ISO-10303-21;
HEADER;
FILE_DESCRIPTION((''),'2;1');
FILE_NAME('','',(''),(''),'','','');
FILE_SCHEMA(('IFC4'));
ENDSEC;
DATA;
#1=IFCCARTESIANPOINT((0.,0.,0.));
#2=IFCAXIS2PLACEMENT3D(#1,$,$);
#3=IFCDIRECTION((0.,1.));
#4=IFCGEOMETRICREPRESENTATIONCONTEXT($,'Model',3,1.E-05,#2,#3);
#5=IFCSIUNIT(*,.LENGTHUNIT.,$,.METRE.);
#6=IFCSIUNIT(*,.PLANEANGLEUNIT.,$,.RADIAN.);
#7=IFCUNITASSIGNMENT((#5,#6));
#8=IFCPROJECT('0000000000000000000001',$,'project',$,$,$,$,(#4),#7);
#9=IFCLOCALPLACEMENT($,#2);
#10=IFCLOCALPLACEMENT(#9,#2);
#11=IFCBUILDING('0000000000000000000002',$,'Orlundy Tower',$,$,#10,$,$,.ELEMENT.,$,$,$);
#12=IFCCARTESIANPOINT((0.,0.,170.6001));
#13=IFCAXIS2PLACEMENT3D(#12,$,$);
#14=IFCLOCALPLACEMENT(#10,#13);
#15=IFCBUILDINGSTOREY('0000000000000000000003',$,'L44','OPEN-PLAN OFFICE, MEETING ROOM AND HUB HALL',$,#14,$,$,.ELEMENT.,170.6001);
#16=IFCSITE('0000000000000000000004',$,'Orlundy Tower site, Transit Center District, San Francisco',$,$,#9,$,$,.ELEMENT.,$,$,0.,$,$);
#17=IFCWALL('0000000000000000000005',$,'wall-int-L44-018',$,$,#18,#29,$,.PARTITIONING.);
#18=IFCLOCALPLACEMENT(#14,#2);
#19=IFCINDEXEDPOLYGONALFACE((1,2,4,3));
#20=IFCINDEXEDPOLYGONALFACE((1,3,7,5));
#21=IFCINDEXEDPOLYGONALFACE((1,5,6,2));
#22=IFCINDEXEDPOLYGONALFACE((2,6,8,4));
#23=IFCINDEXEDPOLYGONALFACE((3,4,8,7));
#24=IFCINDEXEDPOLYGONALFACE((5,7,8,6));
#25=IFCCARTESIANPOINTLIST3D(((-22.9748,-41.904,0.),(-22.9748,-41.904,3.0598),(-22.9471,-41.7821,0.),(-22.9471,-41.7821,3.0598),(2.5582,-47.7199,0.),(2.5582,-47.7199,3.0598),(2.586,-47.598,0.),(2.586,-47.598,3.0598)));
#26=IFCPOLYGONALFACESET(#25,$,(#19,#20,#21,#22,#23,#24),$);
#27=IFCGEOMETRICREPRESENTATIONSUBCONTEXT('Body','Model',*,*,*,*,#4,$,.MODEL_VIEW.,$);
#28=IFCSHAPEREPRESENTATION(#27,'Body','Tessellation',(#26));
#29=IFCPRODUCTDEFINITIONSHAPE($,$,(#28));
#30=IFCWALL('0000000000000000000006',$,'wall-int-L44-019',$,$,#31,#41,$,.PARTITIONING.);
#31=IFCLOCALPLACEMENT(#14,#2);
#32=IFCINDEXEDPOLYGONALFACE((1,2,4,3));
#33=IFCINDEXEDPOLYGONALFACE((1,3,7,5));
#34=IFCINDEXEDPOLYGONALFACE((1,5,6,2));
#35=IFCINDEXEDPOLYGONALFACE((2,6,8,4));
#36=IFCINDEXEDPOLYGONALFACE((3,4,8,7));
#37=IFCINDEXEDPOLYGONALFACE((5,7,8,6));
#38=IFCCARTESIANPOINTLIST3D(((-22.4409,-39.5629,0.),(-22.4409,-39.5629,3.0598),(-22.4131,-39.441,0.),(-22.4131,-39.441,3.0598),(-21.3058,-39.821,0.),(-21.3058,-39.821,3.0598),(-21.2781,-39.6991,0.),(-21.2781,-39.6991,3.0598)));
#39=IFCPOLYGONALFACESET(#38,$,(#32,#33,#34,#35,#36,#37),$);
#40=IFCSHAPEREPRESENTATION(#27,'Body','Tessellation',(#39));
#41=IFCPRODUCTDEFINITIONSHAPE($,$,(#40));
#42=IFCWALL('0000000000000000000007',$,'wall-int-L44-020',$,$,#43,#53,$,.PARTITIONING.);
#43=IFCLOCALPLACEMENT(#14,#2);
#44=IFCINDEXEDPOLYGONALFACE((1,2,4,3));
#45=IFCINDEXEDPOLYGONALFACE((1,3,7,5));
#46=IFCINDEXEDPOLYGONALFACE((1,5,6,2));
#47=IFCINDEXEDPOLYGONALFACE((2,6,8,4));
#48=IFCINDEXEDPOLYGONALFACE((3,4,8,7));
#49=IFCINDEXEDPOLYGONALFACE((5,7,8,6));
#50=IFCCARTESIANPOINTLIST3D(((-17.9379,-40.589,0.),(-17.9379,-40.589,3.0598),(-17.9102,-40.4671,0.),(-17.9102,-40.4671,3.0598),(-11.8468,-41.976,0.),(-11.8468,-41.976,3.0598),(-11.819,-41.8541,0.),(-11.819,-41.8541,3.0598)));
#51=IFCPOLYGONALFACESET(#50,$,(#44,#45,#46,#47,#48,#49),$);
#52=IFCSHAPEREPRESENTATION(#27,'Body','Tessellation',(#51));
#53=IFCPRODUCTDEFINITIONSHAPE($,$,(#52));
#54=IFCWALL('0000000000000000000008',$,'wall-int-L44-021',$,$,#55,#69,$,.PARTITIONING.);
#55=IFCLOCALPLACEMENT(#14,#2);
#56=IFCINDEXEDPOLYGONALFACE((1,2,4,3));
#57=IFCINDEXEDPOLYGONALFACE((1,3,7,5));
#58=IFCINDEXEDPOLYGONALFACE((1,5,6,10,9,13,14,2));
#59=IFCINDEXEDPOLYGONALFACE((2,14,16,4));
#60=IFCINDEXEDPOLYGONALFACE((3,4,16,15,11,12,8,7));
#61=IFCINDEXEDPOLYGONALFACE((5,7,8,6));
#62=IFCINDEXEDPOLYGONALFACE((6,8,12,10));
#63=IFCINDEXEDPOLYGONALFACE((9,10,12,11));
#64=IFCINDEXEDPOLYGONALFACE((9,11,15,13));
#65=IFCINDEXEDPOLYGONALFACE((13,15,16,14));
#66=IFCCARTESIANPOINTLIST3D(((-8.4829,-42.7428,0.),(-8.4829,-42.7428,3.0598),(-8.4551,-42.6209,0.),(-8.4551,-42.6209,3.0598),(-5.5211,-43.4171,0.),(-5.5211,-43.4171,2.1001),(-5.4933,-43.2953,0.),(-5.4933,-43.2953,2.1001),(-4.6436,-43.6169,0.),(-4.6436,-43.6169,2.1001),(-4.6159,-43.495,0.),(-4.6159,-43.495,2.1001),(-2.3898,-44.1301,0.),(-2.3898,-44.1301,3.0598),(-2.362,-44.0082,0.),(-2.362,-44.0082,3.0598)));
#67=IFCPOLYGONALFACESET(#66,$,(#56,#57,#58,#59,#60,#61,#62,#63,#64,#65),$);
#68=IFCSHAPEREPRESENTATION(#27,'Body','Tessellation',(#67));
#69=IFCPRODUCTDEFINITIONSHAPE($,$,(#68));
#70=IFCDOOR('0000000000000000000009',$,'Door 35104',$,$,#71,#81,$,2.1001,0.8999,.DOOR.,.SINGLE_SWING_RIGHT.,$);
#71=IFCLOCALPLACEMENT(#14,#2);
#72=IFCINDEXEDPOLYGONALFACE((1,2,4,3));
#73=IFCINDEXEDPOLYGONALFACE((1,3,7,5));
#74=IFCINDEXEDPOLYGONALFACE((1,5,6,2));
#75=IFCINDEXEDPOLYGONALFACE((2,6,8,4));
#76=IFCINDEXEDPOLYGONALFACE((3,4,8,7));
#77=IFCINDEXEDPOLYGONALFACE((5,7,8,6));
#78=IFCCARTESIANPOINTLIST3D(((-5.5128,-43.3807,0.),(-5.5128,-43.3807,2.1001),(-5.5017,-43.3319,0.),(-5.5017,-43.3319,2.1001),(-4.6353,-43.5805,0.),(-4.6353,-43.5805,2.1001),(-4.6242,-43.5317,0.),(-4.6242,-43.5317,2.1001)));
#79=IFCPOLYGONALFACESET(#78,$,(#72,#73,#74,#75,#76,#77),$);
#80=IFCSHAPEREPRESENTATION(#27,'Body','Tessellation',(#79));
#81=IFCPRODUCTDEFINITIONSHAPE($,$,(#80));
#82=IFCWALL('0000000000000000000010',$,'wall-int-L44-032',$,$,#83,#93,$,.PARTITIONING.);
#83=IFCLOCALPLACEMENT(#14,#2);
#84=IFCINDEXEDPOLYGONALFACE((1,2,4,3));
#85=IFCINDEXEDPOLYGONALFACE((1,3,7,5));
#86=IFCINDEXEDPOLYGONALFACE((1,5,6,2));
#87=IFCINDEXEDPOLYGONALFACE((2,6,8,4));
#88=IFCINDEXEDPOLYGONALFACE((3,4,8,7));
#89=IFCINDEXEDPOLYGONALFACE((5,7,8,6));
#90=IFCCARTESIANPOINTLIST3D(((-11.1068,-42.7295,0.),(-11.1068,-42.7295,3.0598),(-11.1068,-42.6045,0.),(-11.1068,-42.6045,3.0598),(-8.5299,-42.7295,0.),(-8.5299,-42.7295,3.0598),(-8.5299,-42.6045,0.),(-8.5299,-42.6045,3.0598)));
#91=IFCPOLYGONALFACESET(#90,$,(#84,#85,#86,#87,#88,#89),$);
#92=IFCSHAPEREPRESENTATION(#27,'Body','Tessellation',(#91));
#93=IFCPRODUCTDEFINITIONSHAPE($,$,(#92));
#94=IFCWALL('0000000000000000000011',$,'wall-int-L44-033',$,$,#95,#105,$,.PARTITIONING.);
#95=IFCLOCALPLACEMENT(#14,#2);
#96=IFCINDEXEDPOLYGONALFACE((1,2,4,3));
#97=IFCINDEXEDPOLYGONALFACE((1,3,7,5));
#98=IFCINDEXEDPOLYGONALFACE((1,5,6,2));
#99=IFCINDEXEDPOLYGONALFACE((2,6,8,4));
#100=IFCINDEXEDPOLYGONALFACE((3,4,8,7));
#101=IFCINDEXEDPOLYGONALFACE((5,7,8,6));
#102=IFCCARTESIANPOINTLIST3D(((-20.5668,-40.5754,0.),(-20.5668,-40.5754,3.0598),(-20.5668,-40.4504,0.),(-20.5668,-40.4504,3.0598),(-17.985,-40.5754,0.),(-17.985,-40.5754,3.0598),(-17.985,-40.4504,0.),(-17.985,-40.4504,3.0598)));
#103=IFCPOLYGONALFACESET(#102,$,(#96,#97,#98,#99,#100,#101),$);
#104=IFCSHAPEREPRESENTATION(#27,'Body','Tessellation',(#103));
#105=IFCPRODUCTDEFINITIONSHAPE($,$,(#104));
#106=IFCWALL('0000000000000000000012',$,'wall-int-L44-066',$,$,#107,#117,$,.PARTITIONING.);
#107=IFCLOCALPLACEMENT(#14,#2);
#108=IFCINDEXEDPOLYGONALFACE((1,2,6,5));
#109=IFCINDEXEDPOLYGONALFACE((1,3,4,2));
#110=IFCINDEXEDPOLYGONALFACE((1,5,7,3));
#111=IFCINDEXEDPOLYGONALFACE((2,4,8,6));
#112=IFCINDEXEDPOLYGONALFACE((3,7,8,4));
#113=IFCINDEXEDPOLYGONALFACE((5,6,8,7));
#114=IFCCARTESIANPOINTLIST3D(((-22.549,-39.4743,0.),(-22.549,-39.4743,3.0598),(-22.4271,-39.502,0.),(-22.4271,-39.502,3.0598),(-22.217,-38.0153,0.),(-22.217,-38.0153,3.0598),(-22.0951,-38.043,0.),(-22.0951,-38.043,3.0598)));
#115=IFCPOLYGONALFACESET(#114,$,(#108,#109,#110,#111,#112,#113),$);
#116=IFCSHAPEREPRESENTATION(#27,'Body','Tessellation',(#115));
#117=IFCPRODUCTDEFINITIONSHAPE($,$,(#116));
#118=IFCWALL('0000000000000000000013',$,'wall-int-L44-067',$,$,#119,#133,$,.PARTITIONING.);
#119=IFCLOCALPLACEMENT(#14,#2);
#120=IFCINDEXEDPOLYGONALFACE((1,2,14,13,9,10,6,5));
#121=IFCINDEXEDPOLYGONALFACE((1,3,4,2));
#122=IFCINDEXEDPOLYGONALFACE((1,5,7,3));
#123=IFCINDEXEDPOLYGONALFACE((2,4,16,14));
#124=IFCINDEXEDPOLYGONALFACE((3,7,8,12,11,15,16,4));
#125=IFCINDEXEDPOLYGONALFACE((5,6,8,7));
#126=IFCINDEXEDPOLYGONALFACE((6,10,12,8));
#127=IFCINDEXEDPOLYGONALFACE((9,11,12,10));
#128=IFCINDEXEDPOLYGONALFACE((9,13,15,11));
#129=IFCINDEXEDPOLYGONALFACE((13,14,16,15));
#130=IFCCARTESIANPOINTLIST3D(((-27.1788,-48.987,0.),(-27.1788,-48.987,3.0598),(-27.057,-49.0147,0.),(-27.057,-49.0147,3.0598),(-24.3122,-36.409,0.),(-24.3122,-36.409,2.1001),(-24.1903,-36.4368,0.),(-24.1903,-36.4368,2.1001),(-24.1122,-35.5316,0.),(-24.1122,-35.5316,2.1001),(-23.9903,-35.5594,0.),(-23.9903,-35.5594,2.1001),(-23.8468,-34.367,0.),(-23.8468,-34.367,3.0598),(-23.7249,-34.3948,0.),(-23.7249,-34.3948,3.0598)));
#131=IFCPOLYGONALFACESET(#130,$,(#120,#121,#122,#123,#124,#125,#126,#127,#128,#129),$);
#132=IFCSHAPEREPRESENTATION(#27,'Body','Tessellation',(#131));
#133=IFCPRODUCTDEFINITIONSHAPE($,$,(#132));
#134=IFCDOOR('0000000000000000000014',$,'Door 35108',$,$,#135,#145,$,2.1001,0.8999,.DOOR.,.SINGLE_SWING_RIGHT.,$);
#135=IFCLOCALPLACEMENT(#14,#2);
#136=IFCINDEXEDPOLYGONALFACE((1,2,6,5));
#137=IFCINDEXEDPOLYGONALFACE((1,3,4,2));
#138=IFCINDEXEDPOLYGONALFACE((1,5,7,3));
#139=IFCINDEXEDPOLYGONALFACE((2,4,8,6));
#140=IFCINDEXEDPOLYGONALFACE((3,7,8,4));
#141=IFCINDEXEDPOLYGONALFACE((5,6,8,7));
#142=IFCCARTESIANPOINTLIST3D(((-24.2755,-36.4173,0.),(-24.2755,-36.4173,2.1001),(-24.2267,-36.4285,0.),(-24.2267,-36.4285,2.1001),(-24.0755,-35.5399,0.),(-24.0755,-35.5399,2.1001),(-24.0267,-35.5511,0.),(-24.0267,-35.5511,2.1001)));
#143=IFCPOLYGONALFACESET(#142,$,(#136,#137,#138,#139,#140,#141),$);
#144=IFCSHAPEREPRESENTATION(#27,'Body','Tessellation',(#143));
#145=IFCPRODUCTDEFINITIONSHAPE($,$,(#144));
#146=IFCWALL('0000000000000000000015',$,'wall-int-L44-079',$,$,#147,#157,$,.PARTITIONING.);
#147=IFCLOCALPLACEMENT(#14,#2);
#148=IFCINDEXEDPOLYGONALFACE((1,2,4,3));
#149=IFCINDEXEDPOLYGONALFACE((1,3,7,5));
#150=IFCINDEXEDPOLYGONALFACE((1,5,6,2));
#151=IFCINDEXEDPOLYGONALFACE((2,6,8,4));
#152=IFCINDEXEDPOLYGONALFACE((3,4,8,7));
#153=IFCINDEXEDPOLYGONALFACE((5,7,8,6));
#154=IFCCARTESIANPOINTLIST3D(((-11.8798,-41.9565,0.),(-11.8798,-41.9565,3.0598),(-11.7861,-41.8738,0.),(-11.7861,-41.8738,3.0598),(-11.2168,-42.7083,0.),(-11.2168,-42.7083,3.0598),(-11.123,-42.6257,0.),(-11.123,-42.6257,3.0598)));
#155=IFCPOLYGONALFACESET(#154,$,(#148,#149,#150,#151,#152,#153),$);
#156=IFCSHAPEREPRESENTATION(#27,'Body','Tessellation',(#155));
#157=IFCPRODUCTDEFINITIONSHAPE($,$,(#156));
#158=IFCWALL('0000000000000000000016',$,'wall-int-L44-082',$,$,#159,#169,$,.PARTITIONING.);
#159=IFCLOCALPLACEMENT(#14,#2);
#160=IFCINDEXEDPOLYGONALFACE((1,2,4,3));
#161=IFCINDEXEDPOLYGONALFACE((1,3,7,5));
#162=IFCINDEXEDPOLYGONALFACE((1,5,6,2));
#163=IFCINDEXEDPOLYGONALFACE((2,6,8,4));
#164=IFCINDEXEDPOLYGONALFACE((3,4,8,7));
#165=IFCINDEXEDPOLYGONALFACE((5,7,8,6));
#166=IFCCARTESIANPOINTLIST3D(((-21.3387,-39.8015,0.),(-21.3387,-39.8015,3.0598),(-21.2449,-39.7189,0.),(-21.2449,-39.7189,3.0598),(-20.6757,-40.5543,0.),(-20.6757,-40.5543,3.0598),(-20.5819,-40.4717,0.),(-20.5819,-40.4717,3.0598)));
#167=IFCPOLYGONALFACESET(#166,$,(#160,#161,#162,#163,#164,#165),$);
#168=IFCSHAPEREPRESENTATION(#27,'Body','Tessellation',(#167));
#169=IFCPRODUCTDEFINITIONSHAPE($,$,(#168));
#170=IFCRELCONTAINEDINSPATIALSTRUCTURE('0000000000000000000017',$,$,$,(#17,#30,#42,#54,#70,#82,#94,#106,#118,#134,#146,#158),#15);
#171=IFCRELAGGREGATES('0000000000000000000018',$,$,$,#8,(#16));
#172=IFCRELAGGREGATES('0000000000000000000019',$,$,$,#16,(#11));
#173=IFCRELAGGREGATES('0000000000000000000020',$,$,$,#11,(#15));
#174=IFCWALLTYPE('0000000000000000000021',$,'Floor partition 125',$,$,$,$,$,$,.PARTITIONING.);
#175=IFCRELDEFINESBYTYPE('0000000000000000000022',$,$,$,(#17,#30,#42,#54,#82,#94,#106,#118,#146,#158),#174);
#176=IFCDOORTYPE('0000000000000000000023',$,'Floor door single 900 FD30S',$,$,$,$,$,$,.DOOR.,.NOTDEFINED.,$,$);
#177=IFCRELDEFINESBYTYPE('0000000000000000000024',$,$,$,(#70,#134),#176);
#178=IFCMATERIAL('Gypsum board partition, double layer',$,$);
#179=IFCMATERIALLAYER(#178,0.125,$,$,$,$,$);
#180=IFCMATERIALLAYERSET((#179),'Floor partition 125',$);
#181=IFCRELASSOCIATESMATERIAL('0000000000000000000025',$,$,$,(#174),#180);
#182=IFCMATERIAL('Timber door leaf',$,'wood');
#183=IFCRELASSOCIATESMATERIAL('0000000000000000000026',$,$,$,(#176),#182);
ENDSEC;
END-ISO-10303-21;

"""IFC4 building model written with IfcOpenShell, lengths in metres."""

from ifc_helpers import new_model, si_unit, direction, frame, frame_2d, origin, place, context, subcontext, project, spatial, rectangle, extrude, material, layer, layer_set, type_object, element, fill, save


model = new_model("IFC4")

# Units and contexts
model_context = context("Model", 3, precision=1e-05, world=origin(), true_north=direction((0.0, 1.0)))
body_context = subcontext(model_context, "Body", "Model", "MODEL_VIEW")
ifc_project = project(units=[si_unit("LENGTHUNIT", "METRE"), si_unit("PLANEANGLEUNIT", "RADIAN")], contexts=[model_context])

# Site, building, storey
site_placement = place(None, origin())
site = spatial("IfcSite", under=ifc_project, at=site_placement, Name="Orlundy Tower site, Transit Center District, San Francisco", CompositionType="ELEMENT", RefElevation=0.0)
building_placement = place(site_placement, origin())
building = spatial("IfcBuilding", under=site, at=building_placement, Name="Orlundy Tower", CompositionType="ELEMENT")
storey_placement = place(building_placement, frame((0.0, 0.0, 170.6001)))
storey = spatial("IfcBuildingStorey", under=building, at=storey_placement, Name="L44", Description="OPEN-PLAN OFFICE, MEETING ROOM AND HUB HALL", CompositionType="ELEMENT", Elevation=170.6001)

# Walls
ifc_material_1 = material(Name="Gypsum board partition, double layer")
ifc_layer_1 = layer(ifc_material_1, 0.125)
ifc_layer_set_1 = layer_set([ifc_layer_1], Name="Floor partition 125")
wall_type_1 = type_object("IfcWallType", Name="Floor partition 125", PredefinedType="PARTITIONING", material=ifc_layer_set_1)
wall_1_placement = place(storey_placement, frame((-22.9609, -41.843, 0.0), z_axis=(0.0, 0.0, 1.0), x_axis=(0.975026, -0.222092, 0.0)))
element("IfcWall", 1, at=wall_1_placement, inside=storey, type_object=wall_type_1, Name="wall-int-L44-018", PredefinedType="PARTITIONING", context=body_context, shape_type="SweptSolid", body=[
    extrude(rectangle(XDim=26.187, YDim=0.125, at=frame_2d((13.0935, 0.0))), origin(), (0.0, 0.0, 1.0), 3.0598),
])
wall_2_placement = place(storey_placement, frame((-22.427, -39.502, 0.0), z_axis=(0.0, 0.0, 1.0), x_axis=(0.975114, -0.221703, 0.0)))
element("IfcWall", 2, at=wall_2_placement, inside=storey, type_object=wall_type_1, Name="wall-int-L44-019", PredefinedType="PARTITIONING", context=body_context, shape_type="SweptSolid", body=[
    extrude(rectangle(XDim=1.1641, YDim=0.125, at=frame_2d((0.582, 0.0))), origin(), (0.0, 0.0, 1.0), 3.0598),
])
wall_3_placement = place(storey_placement, frame((-17.9241, -40.5281, 0.0), z_axis=(0.0, 0.0, 1.0), x_axis=(0.975042, -0.222021, 0.0)))
element("IfcWall", 3, at=wall_3_placement, inside=storey, type_object=wall_type_1, Name="wall-int-L44-020", PredefinedType="PARTITIONING", context=body_context, shape_type="SweptSolid", body=[
    extrude(rectangle(XDim=6.2471, YDim=0.125, at=frame_2d((3.1235, 0.0))), origin(), (0.0, 0.0, 1.0), 3.0598),
])

# Wall, opening, door
wall_4_placement = place(storey_placement, frame((-8.469, -42.6819, 0.0), z_axis=(0.0, 0.0, 1.0), x_axis=(0.975049, -0.221991, 0.0)))
wall_4 = element("IfcWall", 4, at=wall_4_placement, inside=storey, type_object=wall_type_1, Name="wall-int-L44-021", PredefinedType="PARTITIONING", context=body_context, shape_type="SweptSolid", body=[
    extrude(rectangle(XDim=6.249, YDim=0.125, at=frame_2d((3.1245, 0.0))), origin(), (0.0, 0.0, 1.0), 3.0598),
])
opening_1_placement = place(wall_4_placement, frame((3.0376, 0.0, 0.0)))
opening_1 = element("IfcOpeningElement", 5, at=opening_1_placement, cuts=wall_4, PredefinedType="OPENING", context=body_context, shape_type="SweptSolid", body=[
    extrude(rectangle(XDim=0.8999, YDim=2.1001, at=frame_2d((0.45, 1.05))), frame((0.0, 0.0725, 0.0), z_axis=(0.0, -1.0, 0.0), x_axis=(1.0, 0.0, 0.0)), (0.0, 0.0, 1.0), 0.145),
])
ifc_material_2 = material(Name="Timber door leaf", Category="wood")
door_type = type_object("IfcDoorType", Name="Floor door single 900 FD30S", OperationType="NOTDEFINED", PredefinedType="DOOR", material=ifc_material_2)
door_1_placement = place(opening_1_placement, origin())
door_1 = element("IfcDoor", 6, at=door_1_placement, inside=storey, type_object=door_type, Name="Door 35104", OperationType="SINGLE_SWING_RIGHT", OverallHeight=2.1001, OverallWidth=0.8999, PredefinedType="DOOR", context=body_context, shape_type="SweptSolid", body=[
    extrude(rectangle(XDim=0.8999, YDim=2.1001, at=frame_2d((0.45, 1.05))), frame((0.0, 0.0249, 0.0), z_axis=(0.0, -1.0, 0.0), x_axis=(1.0, 0.0, 0.0)), (0.0, 0.0, 1.0), 0.05),
])
fill(opening_1, door_1)

# Walls
wall_5_placement = place(storey_placement, frame((-11.1069, -42.667, 0.0), z_axis=(0.0, 0.0, 1.0), x_axis=(1.0, 0.0, 0.0)))
element("IfcWall", 7, at=wall_5_placement, inside=storey, type_object=wall_type_1, Name="wall-int-L44-032", PredefinedType="PARTITIONING", context=body_context, shape_type="SweptSolid", body=[
    extrude(rectangle(XDim=2.5769, YDim=0.125, at=frame_2d((1.2886, 0.0))), origin(), (0.0, 0.0, 1.0), 3.0598),
])
wall_6_placement = place(storey_placement, frame((-20.5669, -40.5129, 0.0), z_axis=(0.0, 0.0, 1.0), x_axis=(1.0, 0.0, 0.0)))
element("IfcWall", 8, at=wall_6_placement, inside=storey, type_object=wall_type_1, Name="wall-int-L44-033", PredefinedType="PARTITIONING", context=body_context, shape_type="SweptSolid", body=[
    extrude(rectangle(XDim=2.5818, YDim=0.125, at=frame_2d((1.291, 0.0))), origin(), (0.0, 0.0, 1.0), 3.0598),
])
wall_7_placement = place(storey_placement, frame((-22.488, -39.488, 0.0), z_axis=(0.0, 0.0, 1.0), x_axis=(0.221903, 0.975069, 0.0)))
element("IfcWall", 9, at=wall_7_placement, inside=storey, type_object=wall_type_1, Name="wall-int-L44-066", PredefinedType="PARTITIONING", context=body_context, shape_type="SweptSolid", body=[
    extrude(rectangle(XDim=1.4963, YDim=0.125, at=frame_2d((0.748, 0.0))), origin(), (0.0, 0.0, 1.0), 3.0598),
])

# Wall, opening, door
wall_8_placement = place(storey_placement, frame((-27.1179, -49.001, 0.0), z_axis=(0.0, 0.0, 1.0), x_axis=(0.222213, 0.974998, 0.0)))
wall_8 = element("IfcWall", 10, at=wall_8_placement, inside=storey, type_object=wall_type_1, Name="wall-int-L44-067", PredefinedType="PARTITIONING", context=body_context, shape_type="SweptSolid", body=[
    extrude(rectangle(XDim=14.9949, YDim=0.125, at=frame_2d((7.4976, 0.0))), origin(), (0.0, 0.0, 1.0), 3.0598),
])
opening_2_placement = place(wall_8_placement, frame((12.9006, 0.0, 0.0)))
opening_2 = element("IfcOpeningElement", 11, at=opening_2_placement, cuts=wall_8, PredefinedType="OPENING", context=body_context, shape_type="SweptSolid", body=[
    extrude(rectangle(XDim=0.8999, YDim=2.1001, at=frame_2d((0.45, 1.05))), frame((0.0, 0.0725, 0.0), z_axis=(0.0, -1.0, 0.0), x_axis=(1.0, 0.0, 0.0)), (0.0, 0.0, 1.0), 0.145),
])
door_2_placement = place(opening_2_placement, origin())
door_2 = element("IfcDoor", 12, at=door_2_placement, inside=storey, type_object=door_type, Name="Door 35108", OperationType="SINGLE_SWING_RIGHT", OverallHeight=2.1001, OverallWidth=0.8999, PredefinedType="DOOR", context=body_context, shape_type="SweptSolid", body=[
    extrude(rectangle(XDim=0.8999, YDim=2.1001, at=frame_2d((0.45, 1.05))), frame((0.0, 0.0249, 0.0), z_axis=(0.0, -1.0, 0.0), x_axis=(1.0, 0.0, 0.0)), (0.0, 0.0, 1.0), 0.05),
])
fill(opening_2, door_2)

# Walls
wall_9_placement = place(storey_placement, frame((-11.1699, -42.667, 0.0), z_axis=(0.0, 0.0, 1.0), x_axis=(-0.661396, 0.750037, 0.0)))
element("IfcWall", 13, at=wall_9_placement, inside=storey, type_object=wall_type_1, Name="wall-int-L44-079", PredefinedType="PARTITIONING", context=body_context, shape_type="SweptSolid", body=[
    extrude(rectangle(XDim=1.0024, YDim=0.125, at=frame_2d((0.5012, 0.0))), origin(), (0.0, 0.0, 1.0), 3.0598),
])
wall_10_placement = place(storey_placement, frame((-20.6289, -40.5129, 0.0), z_axis=(0.0, 0.0, 1.0), x_axis=(-0.660913, 0.750462, 0.0)))
element("IfcWall", 14, at=wall_10_placement, inside=storey, type_object=wall_type_1, Name="wall-int-L44-082", PredefinedType="PARTITIONING", context=body_context, shape_type="SweptSolid", body=[
    extrude(rectangle(XDim=1.0032, YDim=0.125, at=frame_2d((0.5015, 0.0))), origin(), (0.0, 0.0, 1.0), 3.0598),
])

save(model, "model.ifc")
